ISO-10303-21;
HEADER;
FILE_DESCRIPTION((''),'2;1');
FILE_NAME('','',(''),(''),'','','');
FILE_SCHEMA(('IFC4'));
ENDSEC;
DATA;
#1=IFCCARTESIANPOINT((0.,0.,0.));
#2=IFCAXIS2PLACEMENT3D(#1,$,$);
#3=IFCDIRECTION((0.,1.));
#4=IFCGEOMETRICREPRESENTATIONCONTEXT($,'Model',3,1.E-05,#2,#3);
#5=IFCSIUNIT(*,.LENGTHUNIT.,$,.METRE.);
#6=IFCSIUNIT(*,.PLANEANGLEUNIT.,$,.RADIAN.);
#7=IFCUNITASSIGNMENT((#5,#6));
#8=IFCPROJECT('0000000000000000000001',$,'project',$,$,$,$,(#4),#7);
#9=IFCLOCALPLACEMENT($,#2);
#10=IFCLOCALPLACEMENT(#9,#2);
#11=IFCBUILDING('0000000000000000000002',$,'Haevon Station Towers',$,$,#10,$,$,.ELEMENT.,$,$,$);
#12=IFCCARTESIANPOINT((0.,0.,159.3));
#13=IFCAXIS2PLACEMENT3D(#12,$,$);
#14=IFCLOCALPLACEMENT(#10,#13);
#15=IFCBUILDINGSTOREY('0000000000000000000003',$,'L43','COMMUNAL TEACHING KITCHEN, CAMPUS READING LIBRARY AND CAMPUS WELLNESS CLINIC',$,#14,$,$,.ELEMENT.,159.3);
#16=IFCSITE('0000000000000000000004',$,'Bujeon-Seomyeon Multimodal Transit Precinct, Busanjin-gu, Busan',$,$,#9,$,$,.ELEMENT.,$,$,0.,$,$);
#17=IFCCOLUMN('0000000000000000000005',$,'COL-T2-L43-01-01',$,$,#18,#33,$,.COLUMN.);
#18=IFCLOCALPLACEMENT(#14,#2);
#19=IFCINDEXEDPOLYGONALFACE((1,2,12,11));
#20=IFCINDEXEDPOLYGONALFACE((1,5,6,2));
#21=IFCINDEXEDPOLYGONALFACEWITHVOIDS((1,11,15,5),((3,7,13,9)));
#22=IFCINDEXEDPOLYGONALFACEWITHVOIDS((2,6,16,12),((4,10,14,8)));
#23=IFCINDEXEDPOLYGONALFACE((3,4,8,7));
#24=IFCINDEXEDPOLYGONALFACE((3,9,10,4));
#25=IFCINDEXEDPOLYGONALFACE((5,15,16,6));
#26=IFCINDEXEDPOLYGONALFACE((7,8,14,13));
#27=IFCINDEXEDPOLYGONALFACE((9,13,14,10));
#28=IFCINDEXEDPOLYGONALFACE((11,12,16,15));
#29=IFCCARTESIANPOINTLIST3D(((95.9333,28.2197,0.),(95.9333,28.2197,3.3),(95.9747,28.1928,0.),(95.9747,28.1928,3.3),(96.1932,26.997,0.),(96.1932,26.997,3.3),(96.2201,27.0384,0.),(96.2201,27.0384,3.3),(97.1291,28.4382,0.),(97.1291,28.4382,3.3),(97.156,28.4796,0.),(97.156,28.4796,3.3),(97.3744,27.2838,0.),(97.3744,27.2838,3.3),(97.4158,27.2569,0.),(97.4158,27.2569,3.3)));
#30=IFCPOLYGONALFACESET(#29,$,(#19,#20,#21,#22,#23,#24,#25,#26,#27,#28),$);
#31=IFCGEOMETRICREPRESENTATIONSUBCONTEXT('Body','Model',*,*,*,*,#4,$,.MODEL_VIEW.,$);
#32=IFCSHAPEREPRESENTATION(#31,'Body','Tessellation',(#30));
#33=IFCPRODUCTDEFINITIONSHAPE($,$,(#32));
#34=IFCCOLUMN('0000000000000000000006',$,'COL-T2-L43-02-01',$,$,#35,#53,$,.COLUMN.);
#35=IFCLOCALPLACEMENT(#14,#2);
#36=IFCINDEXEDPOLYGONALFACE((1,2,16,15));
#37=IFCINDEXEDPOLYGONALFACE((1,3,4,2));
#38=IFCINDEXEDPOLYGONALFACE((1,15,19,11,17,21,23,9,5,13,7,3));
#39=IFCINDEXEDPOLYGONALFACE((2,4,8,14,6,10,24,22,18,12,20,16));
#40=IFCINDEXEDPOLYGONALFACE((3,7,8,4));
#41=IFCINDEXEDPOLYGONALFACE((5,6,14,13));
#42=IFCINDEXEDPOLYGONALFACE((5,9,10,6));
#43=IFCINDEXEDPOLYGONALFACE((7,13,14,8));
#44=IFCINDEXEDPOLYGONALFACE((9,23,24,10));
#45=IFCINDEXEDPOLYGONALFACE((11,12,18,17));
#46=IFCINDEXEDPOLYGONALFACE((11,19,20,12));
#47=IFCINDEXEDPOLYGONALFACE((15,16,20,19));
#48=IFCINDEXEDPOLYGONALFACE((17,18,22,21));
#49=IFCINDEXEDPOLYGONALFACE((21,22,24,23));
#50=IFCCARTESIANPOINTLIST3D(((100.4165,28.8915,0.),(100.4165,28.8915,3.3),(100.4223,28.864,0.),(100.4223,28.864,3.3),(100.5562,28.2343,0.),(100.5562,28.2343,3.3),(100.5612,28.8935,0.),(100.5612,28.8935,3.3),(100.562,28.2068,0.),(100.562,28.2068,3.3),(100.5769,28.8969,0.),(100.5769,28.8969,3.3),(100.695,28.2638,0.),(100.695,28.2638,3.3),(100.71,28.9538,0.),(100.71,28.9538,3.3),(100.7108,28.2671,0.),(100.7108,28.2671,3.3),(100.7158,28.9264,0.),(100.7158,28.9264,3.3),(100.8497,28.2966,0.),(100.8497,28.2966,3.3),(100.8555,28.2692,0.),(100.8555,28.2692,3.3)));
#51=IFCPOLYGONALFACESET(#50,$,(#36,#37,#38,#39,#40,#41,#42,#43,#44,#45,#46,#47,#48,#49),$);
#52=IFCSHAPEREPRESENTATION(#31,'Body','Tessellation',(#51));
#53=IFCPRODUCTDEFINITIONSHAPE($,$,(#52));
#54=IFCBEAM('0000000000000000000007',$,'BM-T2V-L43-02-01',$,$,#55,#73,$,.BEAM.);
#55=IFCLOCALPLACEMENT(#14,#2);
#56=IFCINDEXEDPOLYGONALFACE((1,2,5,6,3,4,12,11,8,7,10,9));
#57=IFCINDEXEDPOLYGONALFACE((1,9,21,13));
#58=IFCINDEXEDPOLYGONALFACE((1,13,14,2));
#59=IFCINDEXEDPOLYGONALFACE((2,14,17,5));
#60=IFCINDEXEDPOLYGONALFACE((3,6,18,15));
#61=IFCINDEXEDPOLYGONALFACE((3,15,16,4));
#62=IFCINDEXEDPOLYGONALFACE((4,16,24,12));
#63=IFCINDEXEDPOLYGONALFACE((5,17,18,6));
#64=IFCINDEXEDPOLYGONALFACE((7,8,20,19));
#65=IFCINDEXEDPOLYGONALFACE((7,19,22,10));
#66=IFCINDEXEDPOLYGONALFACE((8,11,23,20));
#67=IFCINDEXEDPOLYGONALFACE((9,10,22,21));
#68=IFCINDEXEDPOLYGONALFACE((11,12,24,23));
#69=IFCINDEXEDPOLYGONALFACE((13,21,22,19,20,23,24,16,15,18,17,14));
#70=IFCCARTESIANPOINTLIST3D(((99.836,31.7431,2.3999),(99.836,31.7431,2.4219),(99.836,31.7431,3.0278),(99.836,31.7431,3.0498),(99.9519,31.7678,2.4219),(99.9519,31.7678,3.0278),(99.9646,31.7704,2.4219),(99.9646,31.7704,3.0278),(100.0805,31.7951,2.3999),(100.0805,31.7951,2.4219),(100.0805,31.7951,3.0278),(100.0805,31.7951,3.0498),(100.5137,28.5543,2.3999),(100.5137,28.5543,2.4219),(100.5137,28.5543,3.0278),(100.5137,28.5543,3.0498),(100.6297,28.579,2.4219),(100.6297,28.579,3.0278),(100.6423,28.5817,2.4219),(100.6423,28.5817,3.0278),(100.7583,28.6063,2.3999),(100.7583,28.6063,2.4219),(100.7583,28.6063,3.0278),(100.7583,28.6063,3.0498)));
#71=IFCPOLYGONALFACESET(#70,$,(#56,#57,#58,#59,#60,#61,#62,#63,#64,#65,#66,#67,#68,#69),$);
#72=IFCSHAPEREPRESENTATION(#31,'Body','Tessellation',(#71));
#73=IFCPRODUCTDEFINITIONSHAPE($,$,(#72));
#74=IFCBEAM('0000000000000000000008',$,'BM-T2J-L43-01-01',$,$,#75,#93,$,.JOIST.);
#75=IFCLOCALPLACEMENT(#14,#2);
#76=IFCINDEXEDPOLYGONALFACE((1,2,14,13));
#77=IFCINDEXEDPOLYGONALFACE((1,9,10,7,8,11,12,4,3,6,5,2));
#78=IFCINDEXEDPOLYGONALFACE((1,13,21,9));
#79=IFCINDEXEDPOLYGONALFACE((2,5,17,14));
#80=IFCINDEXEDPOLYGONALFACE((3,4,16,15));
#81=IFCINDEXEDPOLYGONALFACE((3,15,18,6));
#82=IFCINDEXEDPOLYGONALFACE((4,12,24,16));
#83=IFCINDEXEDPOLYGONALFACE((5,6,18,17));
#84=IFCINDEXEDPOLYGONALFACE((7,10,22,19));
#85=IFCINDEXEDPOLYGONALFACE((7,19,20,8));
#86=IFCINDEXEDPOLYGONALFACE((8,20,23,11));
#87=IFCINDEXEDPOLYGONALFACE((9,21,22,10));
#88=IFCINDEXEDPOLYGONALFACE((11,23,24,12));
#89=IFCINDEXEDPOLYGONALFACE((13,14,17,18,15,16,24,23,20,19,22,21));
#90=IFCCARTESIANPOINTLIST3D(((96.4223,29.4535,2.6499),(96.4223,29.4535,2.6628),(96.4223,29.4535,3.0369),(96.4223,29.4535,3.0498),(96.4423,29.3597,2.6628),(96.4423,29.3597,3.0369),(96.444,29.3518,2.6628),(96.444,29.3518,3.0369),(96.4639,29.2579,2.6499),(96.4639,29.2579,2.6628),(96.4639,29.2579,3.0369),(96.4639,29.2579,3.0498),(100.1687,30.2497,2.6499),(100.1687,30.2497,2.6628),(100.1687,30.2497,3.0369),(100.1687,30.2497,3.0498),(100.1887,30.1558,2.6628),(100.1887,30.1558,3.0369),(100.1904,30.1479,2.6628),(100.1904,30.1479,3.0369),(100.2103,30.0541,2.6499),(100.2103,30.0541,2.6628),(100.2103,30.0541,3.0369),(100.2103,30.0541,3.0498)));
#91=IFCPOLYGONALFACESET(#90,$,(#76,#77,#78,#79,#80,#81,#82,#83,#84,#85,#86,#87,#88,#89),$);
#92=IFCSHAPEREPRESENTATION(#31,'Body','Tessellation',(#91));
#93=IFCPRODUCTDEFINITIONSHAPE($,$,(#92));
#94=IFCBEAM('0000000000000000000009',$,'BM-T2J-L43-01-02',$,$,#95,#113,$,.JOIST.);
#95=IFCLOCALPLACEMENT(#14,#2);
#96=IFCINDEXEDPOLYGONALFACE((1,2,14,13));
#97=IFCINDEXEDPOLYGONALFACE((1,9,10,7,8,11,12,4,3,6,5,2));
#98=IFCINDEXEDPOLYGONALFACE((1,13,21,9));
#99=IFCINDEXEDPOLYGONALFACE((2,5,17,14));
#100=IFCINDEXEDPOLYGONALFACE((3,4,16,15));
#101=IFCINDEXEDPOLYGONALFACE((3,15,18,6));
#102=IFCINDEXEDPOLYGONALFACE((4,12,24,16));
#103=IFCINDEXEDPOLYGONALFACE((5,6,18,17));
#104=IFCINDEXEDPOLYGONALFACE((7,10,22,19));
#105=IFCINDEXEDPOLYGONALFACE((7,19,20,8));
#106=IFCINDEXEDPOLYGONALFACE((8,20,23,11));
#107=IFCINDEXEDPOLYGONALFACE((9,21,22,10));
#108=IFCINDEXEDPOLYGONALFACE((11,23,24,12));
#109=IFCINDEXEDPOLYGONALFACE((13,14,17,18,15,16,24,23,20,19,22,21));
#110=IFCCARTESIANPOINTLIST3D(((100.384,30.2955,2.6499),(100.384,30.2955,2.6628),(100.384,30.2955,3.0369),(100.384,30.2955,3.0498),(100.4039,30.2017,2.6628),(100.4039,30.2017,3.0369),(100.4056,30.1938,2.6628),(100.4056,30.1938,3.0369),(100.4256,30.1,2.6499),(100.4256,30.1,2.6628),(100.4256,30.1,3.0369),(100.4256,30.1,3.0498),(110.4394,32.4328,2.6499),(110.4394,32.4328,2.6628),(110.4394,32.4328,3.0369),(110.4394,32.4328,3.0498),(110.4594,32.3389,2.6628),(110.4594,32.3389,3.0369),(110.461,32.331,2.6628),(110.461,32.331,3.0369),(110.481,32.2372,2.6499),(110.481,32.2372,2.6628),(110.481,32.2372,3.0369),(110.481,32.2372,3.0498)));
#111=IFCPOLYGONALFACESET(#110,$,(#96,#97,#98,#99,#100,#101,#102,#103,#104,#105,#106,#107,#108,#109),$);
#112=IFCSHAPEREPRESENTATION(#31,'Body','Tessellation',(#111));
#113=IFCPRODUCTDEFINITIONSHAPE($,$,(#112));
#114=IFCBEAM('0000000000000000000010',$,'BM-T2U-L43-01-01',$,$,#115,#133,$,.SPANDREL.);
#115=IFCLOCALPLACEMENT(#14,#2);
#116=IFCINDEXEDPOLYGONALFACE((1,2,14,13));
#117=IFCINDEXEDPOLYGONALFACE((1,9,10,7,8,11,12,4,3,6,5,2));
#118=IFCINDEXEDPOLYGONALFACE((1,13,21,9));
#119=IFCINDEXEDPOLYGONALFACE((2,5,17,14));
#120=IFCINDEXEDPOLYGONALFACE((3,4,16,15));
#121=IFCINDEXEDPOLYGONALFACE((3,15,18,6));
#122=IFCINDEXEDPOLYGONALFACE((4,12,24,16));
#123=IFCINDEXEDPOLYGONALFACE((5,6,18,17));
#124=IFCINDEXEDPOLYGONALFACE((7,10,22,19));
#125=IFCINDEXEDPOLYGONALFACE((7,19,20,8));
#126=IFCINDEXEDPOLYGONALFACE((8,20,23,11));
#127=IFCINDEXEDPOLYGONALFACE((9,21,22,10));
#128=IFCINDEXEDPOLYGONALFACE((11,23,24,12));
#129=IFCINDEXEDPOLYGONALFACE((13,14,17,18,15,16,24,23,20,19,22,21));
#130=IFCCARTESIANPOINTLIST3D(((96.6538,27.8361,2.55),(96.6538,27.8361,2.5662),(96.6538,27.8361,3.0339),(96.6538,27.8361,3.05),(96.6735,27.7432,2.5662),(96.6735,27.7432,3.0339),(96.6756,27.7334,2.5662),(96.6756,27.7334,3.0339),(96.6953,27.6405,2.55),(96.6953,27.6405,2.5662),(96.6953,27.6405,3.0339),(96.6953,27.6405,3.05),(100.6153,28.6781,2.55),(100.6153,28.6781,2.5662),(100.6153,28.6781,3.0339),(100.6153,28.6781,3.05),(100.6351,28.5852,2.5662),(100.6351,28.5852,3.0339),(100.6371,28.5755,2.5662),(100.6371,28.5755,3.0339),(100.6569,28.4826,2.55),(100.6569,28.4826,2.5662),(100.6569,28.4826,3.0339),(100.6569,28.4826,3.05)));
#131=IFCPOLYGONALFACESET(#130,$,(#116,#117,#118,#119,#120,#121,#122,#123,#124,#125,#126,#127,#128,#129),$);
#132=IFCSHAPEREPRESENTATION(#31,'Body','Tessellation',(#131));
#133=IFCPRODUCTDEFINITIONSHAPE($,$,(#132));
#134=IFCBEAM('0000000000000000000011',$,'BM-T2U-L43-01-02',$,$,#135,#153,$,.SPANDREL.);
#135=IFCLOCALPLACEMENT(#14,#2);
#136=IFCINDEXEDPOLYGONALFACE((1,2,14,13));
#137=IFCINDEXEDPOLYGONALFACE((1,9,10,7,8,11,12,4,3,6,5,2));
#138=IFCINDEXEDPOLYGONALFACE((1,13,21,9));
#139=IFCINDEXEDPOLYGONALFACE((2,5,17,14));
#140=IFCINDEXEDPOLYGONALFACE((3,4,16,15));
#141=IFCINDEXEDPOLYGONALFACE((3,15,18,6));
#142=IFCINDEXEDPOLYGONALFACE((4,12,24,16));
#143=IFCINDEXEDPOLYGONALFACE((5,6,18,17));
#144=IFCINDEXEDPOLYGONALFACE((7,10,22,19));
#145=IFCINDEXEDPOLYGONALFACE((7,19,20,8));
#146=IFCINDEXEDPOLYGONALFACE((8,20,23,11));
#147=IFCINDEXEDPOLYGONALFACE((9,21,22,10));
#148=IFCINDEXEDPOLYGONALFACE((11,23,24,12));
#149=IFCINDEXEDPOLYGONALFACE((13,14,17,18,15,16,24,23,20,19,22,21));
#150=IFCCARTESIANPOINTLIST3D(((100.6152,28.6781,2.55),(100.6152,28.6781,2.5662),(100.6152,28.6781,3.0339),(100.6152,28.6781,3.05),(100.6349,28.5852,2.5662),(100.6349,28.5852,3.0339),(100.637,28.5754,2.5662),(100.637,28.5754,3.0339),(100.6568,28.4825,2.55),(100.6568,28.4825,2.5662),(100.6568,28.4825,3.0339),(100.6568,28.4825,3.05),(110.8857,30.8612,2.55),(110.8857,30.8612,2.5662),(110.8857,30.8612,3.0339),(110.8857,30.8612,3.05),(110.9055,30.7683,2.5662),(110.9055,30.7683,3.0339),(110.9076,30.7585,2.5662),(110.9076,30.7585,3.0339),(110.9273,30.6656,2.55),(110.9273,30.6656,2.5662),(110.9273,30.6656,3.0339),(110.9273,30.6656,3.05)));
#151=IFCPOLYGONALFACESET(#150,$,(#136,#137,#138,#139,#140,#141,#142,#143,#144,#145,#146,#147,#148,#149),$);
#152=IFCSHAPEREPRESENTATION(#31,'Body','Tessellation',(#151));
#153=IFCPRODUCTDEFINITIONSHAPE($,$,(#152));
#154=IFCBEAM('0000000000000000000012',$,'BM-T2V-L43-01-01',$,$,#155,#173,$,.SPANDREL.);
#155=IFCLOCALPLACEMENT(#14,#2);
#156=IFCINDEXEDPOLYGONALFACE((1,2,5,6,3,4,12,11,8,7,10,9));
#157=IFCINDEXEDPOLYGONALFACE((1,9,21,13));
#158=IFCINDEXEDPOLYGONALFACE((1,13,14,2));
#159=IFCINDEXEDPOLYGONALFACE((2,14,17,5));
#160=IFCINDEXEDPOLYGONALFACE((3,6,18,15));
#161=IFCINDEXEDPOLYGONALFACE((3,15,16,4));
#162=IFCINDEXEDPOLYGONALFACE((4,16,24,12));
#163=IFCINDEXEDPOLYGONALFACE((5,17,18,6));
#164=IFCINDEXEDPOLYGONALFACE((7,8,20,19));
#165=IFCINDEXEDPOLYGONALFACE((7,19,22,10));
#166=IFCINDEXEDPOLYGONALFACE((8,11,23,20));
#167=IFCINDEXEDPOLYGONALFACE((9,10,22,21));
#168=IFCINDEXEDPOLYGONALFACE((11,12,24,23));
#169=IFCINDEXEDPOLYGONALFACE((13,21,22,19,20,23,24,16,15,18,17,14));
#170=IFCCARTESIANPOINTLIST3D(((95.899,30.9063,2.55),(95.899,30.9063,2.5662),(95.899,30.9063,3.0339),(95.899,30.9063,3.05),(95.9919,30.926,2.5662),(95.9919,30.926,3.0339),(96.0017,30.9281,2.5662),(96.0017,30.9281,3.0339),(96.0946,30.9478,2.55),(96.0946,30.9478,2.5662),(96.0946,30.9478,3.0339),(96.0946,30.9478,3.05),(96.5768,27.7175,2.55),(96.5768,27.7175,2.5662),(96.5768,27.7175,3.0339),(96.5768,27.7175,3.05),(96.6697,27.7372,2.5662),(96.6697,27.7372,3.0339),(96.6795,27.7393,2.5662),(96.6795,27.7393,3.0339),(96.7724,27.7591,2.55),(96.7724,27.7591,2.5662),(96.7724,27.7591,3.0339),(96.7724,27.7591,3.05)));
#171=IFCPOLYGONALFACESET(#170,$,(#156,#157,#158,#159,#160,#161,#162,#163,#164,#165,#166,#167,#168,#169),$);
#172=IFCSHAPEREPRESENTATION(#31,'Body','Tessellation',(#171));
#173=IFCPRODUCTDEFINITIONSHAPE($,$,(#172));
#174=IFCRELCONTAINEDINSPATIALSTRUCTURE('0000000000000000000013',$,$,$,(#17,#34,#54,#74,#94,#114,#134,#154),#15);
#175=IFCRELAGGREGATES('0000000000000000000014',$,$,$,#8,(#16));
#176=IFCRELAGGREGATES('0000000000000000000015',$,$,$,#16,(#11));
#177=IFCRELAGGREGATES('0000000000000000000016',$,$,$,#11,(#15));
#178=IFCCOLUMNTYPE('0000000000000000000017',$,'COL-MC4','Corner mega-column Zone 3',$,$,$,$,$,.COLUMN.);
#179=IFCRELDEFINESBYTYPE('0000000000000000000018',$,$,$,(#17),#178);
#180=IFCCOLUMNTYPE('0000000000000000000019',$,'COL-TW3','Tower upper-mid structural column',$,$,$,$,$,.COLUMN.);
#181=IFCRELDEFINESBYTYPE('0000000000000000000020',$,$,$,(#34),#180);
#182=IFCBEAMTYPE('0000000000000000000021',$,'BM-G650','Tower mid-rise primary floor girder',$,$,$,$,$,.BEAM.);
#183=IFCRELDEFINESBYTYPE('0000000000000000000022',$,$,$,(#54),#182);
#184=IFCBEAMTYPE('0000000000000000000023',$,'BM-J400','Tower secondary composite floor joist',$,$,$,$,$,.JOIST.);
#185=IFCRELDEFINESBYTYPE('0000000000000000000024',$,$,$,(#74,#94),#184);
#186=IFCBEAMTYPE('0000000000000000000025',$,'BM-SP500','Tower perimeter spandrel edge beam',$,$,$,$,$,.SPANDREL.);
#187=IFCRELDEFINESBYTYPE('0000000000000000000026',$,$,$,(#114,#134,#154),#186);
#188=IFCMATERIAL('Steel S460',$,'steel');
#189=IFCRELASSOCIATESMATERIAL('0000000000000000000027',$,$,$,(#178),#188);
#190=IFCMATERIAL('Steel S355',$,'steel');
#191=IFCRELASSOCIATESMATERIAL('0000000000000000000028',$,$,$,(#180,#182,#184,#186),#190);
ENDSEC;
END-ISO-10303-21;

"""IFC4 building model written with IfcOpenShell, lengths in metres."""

from ifc_helpers import new_model, si_unit, direction, frame, origin, origin_2d, place, context, subcontext, project, spatial, hollow_rectangle, i_section, extrude, material, material_profile, profile_set, type_object, element, save


model = new_model("IFC4")

# Units and contexts
model_context = context("Model", 3, precision=1e-05, world=origin(), true_north=direction((0.0, 1.0)))
body_context = subcontext(model_context, "Body", "Model", "MODEL_VIEW")
ifc_project = project(units=[si_unit("LENGTHUNIT", "METRE"), si_unit("PLANEANGLEUNIT", "RADIAN")], contexts=[model_context])

# Site, building, storey
site_placement = place(None, origin())
site = spatial("IfcSite", under=ifc_project, at=site_placement, Name="Bujeon-Seomyeon Multimodal Transit Precinct, Busanjin-gu, Busan", CompositionType="ELEMENT", RefElevation=0.0)
building_placement = place(site_placement, origin())
building = spatial("IfcBuilding", under=site, at=building_placement, Name="Haevon Station Towers", CompositionType="ELEMENT")
storey_placement = place(building_placement, frame((0.0, 0.0, 159.3)))
storey = spatial("IfcBuildingStorey", under=building, at=storey_placement, Name="L43", Description="COMMUNAL TEACHING KITCHEN, CAMPUS READING LIBRARY AND CAMPUS WELLNESS CLINIC", CompositionType="ELEMENT", Elevation=159.3)

# Columns
ifc_material_1 = material(Name="Steel S460", Category="steel")
ifc_material_profile_1 = material_profile(ifc_material_1, hollow_rectangle(XDim=1.25, YDim=1.25, WallThickness=0.0349, at=origin_2d()), Name="BOX-1250x1250x35")
ifc_profile_set_1 = profile_set([ifc_material_profile_1], Name="Steel S460")
column_type_1 = type_object("IfcColumnType", Name="COL-MC4", Description="Corner mega-column Zone 3", PredefinedType="COLUMN", material=ifc_profile_set_1)
column_1_placement = place(storey_placement, frame((96.6746, 27.7383, 0.0), z_axis=(0.0, 0.0, 1.0), x_axis=(0.978148, 0.207912, 0.0)))
element("IfcColumn", 1, at=column_1_placement, inside=storey, type_object=column_type_1, Name="COL-T2-L43-01-01", PredefinedType="COLUMN", context=body_context, shape_type="SweptSolid", body=[
    extrude(hollow_rectangle(XDim=1.25, YDim=1.25, WallThickness=0.0349, at=origin_2d()), origin(), (0.0, 0.0, 1.0), 3.3),
])
ifc_material_2 = material(Name="Steel S355", Category="steel")
ifc_material_profile_2 = material_profile(ifc_material_2, i_section(OverallWidth=0.3, OverallDepth=0.7, WebThickness=0.0161, FlangeThickness=0.0281, at=origin_2d()), Name="H-700x300x16x28")
ifc_profile_set_2 = profile_set([ifc_material_profile_2], Name="Steel S355")
column_type_2 = type_object("IfcColumnType", Name="COL-TW3", Description="Tower upper-mid structural column", PredefinedType="COLUMN", material=ifc_profile_set_2)
column_2_placement = place(storey_placement, frame((100.636, 28.5803, 0.0), z_axis=(0.0, 0.0, 1.0), x_axis=(0.978148, 0.207912, 0.0)))
element("IfcColumn", 2, at=column_2_placement, inside=storey, type_object=column_type_2, Name="COL-T2-L43-02-01", PredefinedType="COLUMN", context=body_context, shape_type="SweptSolid", body=[
    extrude(i_section(OverallWidth=0.3, OverallDepth=0.7, WebThickness=0.0161, FlangeThickness=0.0281, at=origin_2d()), origin(), (0.0, 0.0, 1.0), 3.3),
])

# Beams
ifc_material_profile_3 = material_profile(ifc_material_2, i_section(OverallWidth=0.25, OverallDepth=0.6499, WebThickness=0.0129, FlangeThickness=0.022, at=origin_2d()), Name="H-650x250x13x22")
ifc_profile_set_3 = profile_set([ifc_material_profile_3], Name="Steel S355")
beam_type_1 = type_object("IfcBeamType", Name="BM-G650", Description="Tower mid-rise primary floor girder", PredefinedType="BEAM", material=ifc_profile_set_3)
beam_1_placement = place(storey_placement, frame((100.636, 28.5803, 2.7249), z_axis=(-0.207897, 0.978151, 0.0), x_axis=(-0.978151, -0.207897, 0.0)))
element("IfcBeam", 3, at=beam_1_placement, inside=storey, type_object=beam_type_1, Name="BM-T2V-L43-02-01", PredefinedType="BEAM", context=body_context, shape_type="SweptSolid", body=[
    extrude(i_section(OverallWidth=0.25, OverallDepth=0.6499, WebThickness=0.0129, FlangeThickness=0.022, at=origin_2d()), origin(), (0.0, 0.0, 1.0), 3.26),
])
ifc_material_profile_4 = material_profile(ifc_material_2, i_section(OverallWidth=0.2, OverallDepth=0.3999, WebThickness=0.0081, FlangeThickness=0.0129, at=origin_2d()), Name="H-400x200x8x13")
ifc_profile_set_4 = profile_set([ifc_material_profile_4], Name="Steel S355")
beam_type_2 = type_object("IfcBeamType", Name="BM-J400", Description="Tower secondary composite floor joist", PredefinedType="JOIST", material=ifc_profile_set_4)
beam_2_placement = place(storey_placement, frame((96.4431, 29.3557, 2.8499), z_axis=(0.978156, 0.20787, 0.0), x_axis=(-0.20787, 0.978156, 0.0)))
element("IfcBeam", 4, at=beam_2_placement, inside=storey, type_object=beam_type_2, Name="BM-T2J-L43-01-01", PredefinedType="JOIST", context=body_context, shape_type="SweptSolid", body=[
    extrude(i_section(OverallWidth=0.2, OverallDepth=0.3999, WebThickness=0.0081, FlangeThickness=0.0129, at=origin_2d()), origin(), (0.0, 0.0, 1.0), 3.8301),
])
beam_3_placement = place(storey_placement, frame((100.4048, 30.1978, 2.8499), z_axis=(0.97815, 0.207899, 0.0), x_axis=(-0.207899, 0.97815, 0.0)))
element("IfcBeam", 5, at=beam_3_placement, inside=storey, type_object=beam_type_2, Name="BM-T2J-L43-01-02", PredefinedType="JOIST", context=body_context, shape_type="SweptSolid", body=[
    extrude(i_section(OverallWidth=0.2, OverallDepth=0.3999, WebThickness=0.0081, FlangeThickness=0.0129, at=origin_2d()), origin(), (0.0, 0.0, 1.0), 10.28),
])
ifc_material_profile_5 = material_profile(ifc_material_2, i_section(OverallWidth=0.2, OverallDepth=0.5, WebThickness=0.01, FlangeThickness=0.0161, at=origin_2d()), Name="H-500x200x10x16")
ifc_profile_set_5 = profile_set([ifc_material_profile_5], Name="Steel S355")
beam_type_3 = type_object("IfcBeamType", Name="BM-SP500", Description="Tower perimeter spandrel edge beam", PredefinedType="SPANDREL", material=ifc_profile_set_5)
beam_4_placement = place(storey_placement, frame((96.6746, 27.7383, 2.8), z_axis=(0.978147, 0.207915, 0.0), x_axis=(-0.207915, 0.978147, 0.0)))
element("IfcBeam", 6, at=beam_4_placement, inside=storey, type_object=beam_type_3, Name="BM-T2U-L43-01-01", PredefinedType="SPANDREL", context=body_context, shape_type="SweptSolid", body=[
    extrude(i_section(OverallWidth=0.2, OverallDepth=0.5, WebThickness=0.01, FlangeThickness=0.0161, at=origin_2d()), origin(), (0.0, 0.0, 1.0), 4.05),
])
beam_5_placement = place(storey_placement, frame((100.636, 28.5803, 2.8), z_axis=(0.978147, 0.207915, 0.0), x_axis=(-0.207915, 0.978147, 0.0)))
element("IfcBeam", 7, at=beam_5_placement, inside=storey, type_object=beam_type_3, Name="BM-T2U-L43-01-02", PredefinedType="SPANDREL", context=body_context, shape_type="SweptSolid", body=[
    extrude(i_section(OverallWidth=0.2, OverallDepth=0.5, WebThickness=0.01, FlangeThickness=0.0161, at=origin_2d()), origin(), (0.0, 0.0, 1.0), 10.5),
])
beam_6_placement = place(storey_placement, frame((96.6746, 27.7383, 2.8), z_axis=(-0.207897, 0.978151, 0.0), x_axis=(-0.978151, -0.207897, 0.0)))
element("IfcBeam", 8, at=beam_6_placement, inside=storey, type_object=beam_type_3, Name="BM-T2V-L43-01-01", PredefinedType="SPANDREL", context=body_context, shape_type="SweptSolid", body=[
    extrude(i_section(OverallWidth=0.2, OverallDepth=0.5, WebThickness=0.01, FlangeThickness=0.0161, at=origin_2d()), origin(), (0.0, 0.0, 1.0), 3.26),
])

save(model, "model.ifc")
